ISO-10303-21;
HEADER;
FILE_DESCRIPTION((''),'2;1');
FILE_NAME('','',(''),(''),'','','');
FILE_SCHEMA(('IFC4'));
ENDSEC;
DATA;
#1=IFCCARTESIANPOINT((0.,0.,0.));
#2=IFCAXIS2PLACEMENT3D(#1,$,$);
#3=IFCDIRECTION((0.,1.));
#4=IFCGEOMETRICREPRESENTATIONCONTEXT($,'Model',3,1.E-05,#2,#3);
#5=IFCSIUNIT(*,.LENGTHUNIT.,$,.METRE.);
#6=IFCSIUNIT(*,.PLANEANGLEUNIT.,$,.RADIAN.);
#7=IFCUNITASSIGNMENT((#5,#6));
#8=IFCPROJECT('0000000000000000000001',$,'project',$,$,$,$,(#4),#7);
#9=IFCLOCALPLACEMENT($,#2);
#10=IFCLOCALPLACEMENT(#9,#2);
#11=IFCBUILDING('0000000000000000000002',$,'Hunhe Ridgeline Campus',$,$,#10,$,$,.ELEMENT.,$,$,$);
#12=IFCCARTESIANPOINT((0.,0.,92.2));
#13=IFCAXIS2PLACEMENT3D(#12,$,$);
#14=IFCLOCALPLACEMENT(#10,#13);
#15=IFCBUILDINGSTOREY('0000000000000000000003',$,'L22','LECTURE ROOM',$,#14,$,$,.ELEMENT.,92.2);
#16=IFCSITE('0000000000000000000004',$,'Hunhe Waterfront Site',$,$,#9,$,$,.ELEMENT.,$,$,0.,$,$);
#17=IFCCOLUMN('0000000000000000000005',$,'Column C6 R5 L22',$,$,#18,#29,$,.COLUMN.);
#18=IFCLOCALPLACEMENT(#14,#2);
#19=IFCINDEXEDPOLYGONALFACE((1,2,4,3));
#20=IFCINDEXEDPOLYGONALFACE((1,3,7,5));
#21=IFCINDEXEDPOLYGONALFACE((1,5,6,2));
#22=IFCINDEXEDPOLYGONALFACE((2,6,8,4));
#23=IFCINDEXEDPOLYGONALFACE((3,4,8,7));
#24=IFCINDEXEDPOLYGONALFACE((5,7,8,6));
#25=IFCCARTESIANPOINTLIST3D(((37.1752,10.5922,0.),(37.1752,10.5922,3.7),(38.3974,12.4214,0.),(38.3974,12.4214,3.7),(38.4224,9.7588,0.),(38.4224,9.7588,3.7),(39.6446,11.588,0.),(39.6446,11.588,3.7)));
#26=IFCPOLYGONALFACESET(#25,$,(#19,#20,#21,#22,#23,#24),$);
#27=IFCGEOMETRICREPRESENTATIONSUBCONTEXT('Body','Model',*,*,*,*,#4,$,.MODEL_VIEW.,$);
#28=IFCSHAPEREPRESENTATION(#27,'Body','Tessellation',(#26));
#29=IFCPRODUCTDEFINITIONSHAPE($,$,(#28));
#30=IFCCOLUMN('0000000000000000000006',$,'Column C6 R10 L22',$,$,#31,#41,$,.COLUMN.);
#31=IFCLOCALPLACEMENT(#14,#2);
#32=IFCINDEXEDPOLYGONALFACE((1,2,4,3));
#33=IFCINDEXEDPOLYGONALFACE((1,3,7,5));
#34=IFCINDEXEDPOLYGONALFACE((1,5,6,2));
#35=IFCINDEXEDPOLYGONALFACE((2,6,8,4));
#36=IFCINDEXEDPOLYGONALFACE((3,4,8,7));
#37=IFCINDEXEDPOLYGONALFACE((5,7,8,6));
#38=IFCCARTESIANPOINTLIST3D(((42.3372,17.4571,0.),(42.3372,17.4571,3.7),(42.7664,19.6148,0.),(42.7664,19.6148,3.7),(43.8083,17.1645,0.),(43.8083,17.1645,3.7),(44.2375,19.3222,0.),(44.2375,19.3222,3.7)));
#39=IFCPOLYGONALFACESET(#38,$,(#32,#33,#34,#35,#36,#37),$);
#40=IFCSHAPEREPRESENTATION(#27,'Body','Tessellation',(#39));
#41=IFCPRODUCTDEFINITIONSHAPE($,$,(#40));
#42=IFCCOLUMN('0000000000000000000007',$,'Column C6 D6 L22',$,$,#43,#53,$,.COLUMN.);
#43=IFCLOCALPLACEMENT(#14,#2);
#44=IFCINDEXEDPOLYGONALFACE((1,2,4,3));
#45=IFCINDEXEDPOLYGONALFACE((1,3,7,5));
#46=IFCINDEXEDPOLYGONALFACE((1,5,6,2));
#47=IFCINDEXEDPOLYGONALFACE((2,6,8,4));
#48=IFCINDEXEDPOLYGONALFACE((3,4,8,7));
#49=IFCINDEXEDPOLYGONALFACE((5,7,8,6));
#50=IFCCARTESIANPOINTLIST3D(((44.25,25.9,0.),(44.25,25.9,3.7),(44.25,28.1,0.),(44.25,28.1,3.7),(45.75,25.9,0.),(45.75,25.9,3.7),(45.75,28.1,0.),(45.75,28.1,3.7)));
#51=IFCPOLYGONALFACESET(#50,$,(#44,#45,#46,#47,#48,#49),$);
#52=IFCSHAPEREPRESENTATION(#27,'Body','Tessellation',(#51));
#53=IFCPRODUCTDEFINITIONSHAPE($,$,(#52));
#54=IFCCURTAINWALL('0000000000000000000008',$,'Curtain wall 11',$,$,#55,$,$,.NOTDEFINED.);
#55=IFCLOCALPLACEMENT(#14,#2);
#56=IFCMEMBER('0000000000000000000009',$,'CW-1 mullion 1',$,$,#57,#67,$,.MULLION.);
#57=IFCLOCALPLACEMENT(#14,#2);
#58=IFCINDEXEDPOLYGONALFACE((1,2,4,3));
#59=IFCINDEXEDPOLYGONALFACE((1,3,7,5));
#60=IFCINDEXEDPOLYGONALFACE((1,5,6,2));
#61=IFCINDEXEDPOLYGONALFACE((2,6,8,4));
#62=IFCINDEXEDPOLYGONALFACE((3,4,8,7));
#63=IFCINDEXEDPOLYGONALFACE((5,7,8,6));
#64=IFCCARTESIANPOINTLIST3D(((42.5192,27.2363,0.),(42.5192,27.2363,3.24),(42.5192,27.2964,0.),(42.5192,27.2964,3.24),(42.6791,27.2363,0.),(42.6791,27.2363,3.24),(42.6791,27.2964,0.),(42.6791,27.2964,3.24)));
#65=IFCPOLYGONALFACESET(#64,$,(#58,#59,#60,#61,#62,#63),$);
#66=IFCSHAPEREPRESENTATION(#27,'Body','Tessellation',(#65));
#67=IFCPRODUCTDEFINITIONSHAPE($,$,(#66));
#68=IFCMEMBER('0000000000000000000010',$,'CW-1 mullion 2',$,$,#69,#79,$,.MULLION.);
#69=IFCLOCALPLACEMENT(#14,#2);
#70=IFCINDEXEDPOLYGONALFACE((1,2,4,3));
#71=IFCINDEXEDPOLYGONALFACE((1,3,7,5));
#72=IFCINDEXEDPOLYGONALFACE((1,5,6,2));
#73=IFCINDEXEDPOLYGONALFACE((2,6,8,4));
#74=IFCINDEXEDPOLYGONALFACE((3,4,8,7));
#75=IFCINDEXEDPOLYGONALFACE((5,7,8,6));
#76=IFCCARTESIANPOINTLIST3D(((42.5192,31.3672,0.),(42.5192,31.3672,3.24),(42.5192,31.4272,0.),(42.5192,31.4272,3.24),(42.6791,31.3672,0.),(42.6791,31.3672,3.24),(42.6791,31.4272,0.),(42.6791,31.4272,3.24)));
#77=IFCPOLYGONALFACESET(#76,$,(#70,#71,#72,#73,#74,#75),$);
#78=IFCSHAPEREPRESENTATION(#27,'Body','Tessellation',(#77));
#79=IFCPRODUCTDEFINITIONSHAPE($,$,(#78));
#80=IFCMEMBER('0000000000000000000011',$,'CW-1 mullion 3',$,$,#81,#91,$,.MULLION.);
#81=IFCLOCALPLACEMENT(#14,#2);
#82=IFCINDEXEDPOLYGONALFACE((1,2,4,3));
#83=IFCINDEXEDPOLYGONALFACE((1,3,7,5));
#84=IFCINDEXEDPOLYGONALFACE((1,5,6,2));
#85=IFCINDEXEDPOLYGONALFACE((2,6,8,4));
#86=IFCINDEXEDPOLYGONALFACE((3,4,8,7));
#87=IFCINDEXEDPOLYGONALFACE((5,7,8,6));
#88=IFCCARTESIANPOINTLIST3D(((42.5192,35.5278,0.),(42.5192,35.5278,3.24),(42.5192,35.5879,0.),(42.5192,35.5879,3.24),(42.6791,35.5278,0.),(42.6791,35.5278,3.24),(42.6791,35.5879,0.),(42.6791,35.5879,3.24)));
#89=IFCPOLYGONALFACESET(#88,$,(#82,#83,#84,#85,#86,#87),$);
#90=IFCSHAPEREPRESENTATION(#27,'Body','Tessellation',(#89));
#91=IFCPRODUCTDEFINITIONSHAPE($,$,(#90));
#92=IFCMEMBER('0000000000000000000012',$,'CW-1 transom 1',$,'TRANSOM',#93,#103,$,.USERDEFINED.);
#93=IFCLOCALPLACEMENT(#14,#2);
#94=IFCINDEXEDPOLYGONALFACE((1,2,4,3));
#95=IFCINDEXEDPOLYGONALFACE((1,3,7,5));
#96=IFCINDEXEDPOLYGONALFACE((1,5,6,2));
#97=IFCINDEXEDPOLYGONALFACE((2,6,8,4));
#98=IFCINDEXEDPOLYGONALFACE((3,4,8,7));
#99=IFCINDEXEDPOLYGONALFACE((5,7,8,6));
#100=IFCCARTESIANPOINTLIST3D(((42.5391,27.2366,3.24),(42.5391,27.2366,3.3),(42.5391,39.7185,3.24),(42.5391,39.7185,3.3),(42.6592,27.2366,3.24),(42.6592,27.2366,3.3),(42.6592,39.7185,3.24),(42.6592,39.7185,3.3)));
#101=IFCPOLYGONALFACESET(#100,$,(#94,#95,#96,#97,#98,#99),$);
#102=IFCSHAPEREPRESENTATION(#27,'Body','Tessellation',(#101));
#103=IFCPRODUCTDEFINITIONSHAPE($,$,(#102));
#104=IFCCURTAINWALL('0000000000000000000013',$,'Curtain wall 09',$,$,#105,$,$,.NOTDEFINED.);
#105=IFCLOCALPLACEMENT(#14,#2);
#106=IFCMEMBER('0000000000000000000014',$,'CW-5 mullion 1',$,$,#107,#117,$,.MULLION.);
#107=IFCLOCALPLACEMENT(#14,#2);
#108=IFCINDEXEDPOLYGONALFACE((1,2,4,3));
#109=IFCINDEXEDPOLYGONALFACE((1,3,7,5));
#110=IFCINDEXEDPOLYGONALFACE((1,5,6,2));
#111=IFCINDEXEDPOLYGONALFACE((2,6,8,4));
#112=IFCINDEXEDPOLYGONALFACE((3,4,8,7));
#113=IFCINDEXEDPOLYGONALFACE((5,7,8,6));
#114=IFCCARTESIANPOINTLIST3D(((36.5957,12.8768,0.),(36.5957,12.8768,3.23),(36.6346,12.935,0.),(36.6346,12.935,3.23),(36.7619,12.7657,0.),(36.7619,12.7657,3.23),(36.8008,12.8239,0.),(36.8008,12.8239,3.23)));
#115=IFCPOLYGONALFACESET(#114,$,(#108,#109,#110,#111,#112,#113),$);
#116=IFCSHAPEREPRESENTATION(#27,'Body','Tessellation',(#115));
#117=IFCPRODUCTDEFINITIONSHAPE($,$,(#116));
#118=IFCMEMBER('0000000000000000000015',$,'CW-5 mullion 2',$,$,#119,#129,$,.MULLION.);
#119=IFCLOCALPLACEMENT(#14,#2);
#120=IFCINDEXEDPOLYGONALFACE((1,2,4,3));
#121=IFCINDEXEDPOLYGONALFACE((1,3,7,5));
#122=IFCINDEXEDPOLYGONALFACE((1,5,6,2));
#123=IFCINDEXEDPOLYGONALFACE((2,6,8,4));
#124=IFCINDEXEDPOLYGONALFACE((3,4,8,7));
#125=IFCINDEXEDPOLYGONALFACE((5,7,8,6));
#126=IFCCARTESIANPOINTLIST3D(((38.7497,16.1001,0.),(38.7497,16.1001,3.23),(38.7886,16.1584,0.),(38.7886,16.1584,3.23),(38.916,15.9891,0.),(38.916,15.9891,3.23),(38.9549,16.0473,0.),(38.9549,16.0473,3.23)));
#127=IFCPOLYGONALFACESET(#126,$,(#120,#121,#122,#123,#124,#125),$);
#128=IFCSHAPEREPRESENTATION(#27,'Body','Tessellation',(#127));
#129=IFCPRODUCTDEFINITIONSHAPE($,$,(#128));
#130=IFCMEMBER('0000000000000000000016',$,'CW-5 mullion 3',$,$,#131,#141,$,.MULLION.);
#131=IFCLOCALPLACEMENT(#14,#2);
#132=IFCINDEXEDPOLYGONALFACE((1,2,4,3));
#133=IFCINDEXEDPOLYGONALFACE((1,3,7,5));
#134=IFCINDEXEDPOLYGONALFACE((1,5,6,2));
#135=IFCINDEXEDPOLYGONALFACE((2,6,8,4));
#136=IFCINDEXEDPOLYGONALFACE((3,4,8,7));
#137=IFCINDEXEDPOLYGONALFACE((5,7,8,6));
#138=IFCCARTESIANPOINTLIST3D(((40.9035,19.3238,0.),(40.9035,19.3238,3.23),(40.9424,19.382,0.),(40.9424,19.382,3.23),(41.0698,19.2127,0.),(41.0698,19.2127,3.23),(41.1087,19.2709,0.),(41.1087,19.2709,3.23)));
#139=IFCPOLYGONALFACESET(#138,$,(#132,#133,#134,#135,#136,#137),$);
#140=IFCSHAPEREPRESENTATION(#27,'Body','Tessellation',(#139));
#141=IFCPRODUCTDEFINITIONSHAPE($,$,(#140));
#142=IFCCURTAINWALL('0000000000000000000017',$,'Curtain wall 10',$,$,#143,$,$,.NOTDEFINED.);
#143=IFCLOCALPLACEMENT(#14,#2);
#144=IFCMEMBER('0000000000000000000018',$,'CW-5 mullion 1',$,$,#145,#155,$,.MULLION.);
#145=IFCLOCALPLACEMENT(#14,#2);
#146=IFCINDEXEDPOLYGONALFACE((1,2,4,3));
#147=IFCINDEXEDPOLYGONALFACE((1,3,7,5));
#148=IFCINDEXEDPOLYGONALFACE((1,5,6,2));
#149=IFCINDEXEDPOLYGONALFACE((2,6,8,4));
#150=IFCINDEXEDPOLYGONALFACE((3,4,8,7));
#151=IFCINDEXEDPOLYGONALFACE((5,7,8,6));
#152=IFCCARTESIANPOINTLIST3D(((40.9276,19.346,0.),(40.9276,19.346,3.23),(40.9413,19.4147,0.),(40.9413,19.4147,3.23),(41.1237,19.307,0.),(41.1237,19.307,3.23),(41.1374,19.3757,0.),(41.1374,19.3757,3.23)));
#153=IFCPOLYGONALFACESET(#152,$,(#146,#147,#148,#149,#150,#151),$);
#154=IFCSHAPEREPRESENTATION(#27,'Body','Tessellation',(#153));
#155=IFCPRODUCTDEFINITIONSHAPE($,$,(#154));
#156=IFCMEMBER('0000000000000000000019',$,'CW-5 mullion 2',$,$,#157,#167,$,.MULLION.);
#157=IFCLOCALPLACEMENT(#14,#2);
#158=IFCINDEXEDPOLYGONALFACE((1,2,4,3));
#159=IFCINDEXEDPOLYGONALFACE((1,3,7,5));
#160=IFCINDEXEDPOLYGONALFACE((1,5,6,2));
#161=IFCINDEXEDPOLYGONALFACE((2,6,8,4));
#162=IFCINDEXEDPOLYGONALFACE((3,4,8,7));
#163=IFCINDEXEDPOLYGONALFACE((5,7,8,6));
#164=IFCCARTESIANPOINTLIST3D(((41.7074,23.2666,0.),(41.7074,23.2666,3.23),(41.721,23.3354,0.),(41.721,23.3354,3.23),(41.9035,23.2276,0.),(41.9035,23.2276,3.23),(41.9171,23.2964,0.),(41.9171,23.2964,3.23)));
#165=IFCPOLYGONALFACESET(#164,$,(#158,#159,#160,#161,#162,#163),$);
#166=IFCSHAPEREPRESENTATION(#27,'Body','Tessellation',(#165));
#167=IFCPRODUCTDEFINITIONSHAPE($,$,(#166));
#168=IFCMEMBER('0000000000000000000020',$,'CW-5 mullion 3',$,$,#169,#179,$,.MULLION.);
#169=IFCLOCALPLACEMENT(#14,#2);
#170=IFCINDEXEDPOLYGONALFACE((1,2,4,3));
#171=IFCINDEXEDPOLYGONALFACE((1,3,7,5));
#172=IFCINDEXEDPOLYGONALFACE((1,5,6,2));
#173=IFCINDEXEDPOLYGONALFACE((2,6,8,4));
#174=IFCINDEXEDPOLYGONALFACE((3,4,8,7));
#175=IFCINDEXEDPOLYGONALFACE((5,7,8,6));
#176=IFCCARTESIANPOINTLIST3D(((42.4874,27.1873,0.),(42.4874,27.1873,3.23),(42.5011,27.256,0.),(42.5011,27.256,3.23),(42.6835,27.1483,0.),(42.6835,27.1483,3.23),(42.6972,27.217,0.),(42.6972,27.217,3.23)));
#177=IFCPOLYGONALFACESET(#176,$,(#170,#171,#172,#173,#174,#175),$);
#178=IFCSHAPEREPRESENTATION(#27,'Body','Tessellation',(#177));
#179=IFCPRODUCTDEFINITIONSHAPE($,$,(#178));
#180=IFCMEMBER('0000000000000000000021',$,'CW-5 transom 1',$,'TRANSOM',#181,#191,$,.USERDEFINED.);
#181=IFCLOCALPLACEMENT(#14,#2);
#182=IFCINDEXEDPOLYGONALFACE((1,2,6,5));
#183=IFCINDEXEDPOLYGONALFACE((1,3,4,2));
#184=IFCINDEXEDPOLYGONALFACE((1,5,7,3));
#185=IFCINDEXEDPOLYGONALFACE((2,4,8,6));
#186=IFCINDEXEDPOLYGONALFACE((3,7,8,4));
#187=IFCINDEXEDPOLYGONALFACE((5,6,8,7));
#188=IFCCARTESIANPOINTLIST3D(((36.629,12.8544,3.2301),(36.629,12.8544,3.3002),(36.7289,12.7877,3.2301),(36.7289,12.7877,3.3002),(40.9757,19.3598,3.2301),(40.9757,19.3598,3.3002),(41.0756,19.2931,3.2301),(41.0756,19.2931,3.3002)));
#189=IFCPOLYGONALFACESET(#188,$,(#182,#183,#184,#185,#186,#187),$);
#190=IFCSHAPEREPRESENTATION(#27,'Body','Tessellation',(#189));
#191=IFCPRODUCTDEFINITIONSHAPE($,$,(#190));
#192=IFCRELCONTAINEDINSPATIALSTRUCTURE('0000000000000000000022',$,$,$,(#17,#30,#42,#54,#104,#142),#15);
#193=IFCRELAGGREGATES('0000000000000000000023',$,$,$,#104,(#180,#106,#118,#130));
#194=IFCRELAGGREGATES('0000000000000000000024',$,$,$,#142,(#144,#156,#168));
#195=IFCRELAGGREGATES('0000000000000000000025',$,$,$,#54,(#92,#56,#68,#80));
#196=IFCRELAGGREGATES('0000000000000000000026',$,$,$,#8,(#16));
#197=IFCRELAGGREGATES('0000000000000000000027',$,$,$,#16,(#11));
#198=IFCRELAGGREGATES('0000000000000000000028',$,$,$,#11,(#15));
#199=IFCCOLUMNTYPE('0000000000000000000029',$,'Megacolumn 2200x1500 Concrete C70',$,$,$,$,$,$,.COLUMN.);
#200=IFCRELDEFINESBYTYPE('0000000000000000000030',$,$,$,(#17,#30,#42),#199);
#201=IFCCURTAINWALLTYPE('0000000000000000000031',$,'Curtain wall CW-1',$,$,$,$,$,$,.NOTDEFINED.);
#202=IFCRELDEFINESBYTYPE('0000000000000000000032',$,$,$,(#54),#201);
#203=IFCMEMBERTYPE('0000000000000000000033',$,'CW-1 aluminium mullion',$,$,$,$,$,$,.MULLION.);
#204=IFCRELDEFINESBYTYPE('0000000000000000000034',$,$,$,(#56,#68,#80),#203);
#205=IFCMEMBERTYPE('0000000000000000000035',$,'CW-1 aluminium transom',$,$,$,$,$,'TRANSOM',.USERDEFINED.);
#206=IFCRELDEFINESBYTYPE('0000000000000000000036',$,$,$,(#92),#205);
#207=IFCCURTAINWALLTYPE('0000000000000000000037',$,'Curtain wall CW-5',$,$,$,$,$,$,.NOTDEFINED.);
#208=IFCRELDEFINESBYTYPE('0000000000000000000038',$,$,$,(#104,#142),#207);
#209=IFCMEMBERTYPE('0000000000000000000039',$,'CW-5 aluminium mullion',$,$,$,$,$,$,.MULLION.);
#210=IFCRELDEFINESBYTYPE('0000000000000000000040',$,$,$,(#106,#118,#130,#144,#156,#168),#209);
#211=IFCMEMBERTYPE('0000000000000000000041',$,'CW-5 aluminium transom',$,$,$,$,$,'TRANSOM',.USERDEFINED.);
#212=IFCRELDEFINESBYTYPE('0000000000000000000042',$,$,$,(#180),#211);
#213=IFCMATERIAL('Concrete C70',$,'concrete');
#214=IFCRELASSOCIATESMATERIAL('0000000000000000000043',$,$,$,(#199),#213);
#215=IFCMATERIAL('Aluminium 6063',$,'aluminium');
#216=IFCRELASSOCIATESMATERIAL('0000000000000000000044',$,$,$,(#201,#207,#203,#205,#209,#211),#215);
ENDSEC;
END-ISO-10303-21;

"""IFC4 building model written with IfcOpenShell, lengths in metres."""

from ifc_helpers import new_model, si_unit, direction, frame, origin, origin_2d, place, context, subcontext, project, spatial, rectangle, extrude, material, material_profile, profile_set, type_object, element, aggregate, save


model = new_model("IFC4")

# Units and contexts
model_context = context("Model", 3, precision=1e-05, world=origin(), true_north=direction((0.0, 1.0)))
body_context = subcontext(model_context, "Body", "Model", "MODEL_VIEW")
ifc_project = project(units=[si_unit("LENGTHUNIT", "METRE"), si_unit("PLANEANGLEUNIT", "RADIAN")], contexts=[model_context])

# Site, building, storey
site_placement = place(None, origin())
site = spatial("IfcSite", under=ifc_project, at=site_placement, Name="Hunhe Waterfront Site", CompositionType="ELEMENT", RefElevation=0.0)
building_placement = place(site_placement, origin())
building = spatial("IfcBuilding", under=site, at=building_placement, Name="Hunhe Ridgeline Campus", CompositionType="ELEMENT")
storey_placement = place(building_placement, frame((0.0, 0.0, 92.2)))
storey = spatial("IfcBuildingStorey", under=building, at=storey_placement, Name="L22", Description="LECTURE ROOM", CompositionType="ELEMENT", Elevation=92.2)

# Columns
ifc_material_1 = material(Name="Concrete C70", Category="concrete")
ifc_material_profile_1 = material_profile(ifc_material_1, rectangle(XDim=2.2, YDim=1.5, at=origin_2d()))
ifc_profile_set_1 = profile_set([ifc_material_profile_1], Name="Concrete C70")
column_type = type_object("IfcColumnType", Name="Megacolumn 2200x1500 Concrete C70", PredefinedType="COLUMN", material=ifc_profile_set_1)
for number, where, z_axis, x_axis, name in (
    (1, (38.4099, 11.0901, 0.0), (0.0, 0.0, 1.0), (0.55557, 0.83147, 0.0), "Column C6 R5 L22"),
    (2, (43.2874, 18.3896, 0.0), (0.0, 0.0, 1.0), (0.19509, 0.980785, 0.0), "Column C6 R10 L22"),
    (3, (45.0, 27.0, 0.0), (0.0, 0.0, 1.0), (0.0, 1.0, 0.0), "Column C6 D6 L22"),
):
    element("IfcColumn", number, at=place(storey_placement, frame(where, z_axis=z_axis, x_axis=x_axis)), inside=storey, type_object=column_type, Name=name, PredefinedType="COLUMN", context=body_context, shape_type="SweptSolid", body=[
        extrude(rectangle(XDim=2.2, YDim=1.5, at=origin_2d()), origin(), (0.0, 0.0, 1.0), 3.7),
    ])

# Curtain walls, members
ifc_material_2 = material(Name="Aluminium 6063", Category="aluminium")
curtain_wall_type_1 = type_object("IfcCurtainWallType", Name="Curtain wall CW-1", PredefinedType="NOTDEFINED", material=ifc_material_2)
curtain_wall_1_placement = place(storey_placement, origin())
curtain_wall_1 = element("IfcCurtainWall", 4, at=curtain_wall_1_placement, inside=storey, type_object=curtain_wall_type_1, Name="Curtain wall 11", PredefinedType="NOTDEFINED")
ifc_material_profile_2 = material_profile(ifc_material_2, rectangle(XDim=0.1599, YDim=0.0601, at=origin_2d()))
ifc_profile_set_2 = profile_set([ifc_material_profile_2], Name="Aluminium 6063")
member_type_1 = type_object("IfcMemberType", Name="CW-1 aluminium mullion", PredefinedType="MULLION", material=ifc_profile_set_2)
member_1_placement = place(storey_placement, frame((42.5991, 27.2664, 0.0), z_axis=(0.0, 0.0, 1.0), x_axis=(-1.0, 0.000011, 0.0)))
member_1 = element("IfcMember", 5, at=member_1_placement, type_object=member_type_1, Name="CW-1 mullion 1", PredefinedType="MULLION", context=body_context, shape_type="SweptSolid", body=[
    extrude(rectangle(XDim=0.1599, YDim=0.0601, at=origin_2d()), origin(), (0.0, 0.0, 1.0), 3.24),
])
member_2_placement = place(storey_placement, frame((42.5991, 31.3972, 0.0), z_axis=(0.0, 0.0, 1.0), x_axis=(-1.0, 0.000011, 0.0)))
member_2 = element("IfcMember", 6, at=member_2_placement, type_object=member_type_1, Name="CW-1 mullion 2", PredefinedType="MULLION", context=body_context, shape_type="SweptSolid", body=[
    extrude(rectangle(XDim=0.1599, YDim=0.0601, at=origin_2d()), origin(), (0.0, 0.0, 1.0), 3.24),
])
member_3_placement = place(storey_placement, frame((42.5991, 35.5579, 0.0), z_axis=(0.0, 0.0, 1.0), x_axis=(-1.0, 0.000011, 0.0)))
member_3 = element("IfcMember", 7, at=member_3_placement, type_object=member_type_1, Name="CW-1 mullion 3", PredefinedType="MULLION", context=body_context, shape_type="SweptSolid", body=[
    extrude(rectangle(XDim=0.1599, YDim=0.0601, at=origin_2d()), origin(), (0.0, 0.0, 1.0), 3.24),
])
ifc_material_profile_3 = material_profile(ifc_material_2, rectangle(XDim=0.1201, YDim=0.0601, at=origin_2d()))
ifc_profile_set_3 = profile_set([ifc_material_profile_3], Name="Aluminium 6063")
member_type_2 = type_object("IfcMemberType", Name="CW-1 aluminium transom", ElementType="TRANSOM", PredefinedType="USERDEFINED", material=ifc_profile_set_3)
member_4_placement = place(storey_placement, frame((42.5991, 27.2366, 3.27), z_axis=(0.0, 1.0, 0.0), x_axis=(-1.0, 0.0, 0.0)))
member_4 = element("IfcMember", 8, at=member_4_placement, type_object=member_type_2, Name="CW-1 transom 1", ObjectType="TRANSOM", PredefinedType="USERDEFINED", context=body_context, shape_type="SweptSolid", body=[
    extrude(rectangle(XDim=0.1201, YDim=0.0601, at=origin_2d()), origin(), (0.0, 0.0, 1.0), 12.4819),
])
curtain_wall_type_2 = type_object("IfcCurtainWallType", Name="Curtain wall CW-5", PredefinedType="NOTDEFINED", material=ifc_material_2)
curtain_wall_2_placement = place(storey_placement, origin())
curtain_wall_2 = element("IfcCurtainWall", 9, at=curtain_wall_2_placement, inside=storey, type_object=curtain_wall_type_2, Name="Curtain wall 09", PredefinedType="NOTDEFINED")
ifc_material_profile_4 = material_profile(ifc_material_2, rectangle(XDim=0.2, YDim=0.0701, at=origin_2d()))
ifc_profile_set_4 = profile_set([ifc_material_profile_4], Name="Aluminium 6063")
member_type_3 = type_object("IfcMemberType", Name="CW-5 aluminium mullion", PredefinedType="MULLION", material=ifc_profile_set_4)
member_5_placement = place(storey_placement, frame((36.6982, 12.8503, 0.0), z_axis=(0.0, 0.0, 1.0), x_axis=(-0.83147, 0.55557, 0.0)))
member_5 = element("IfcMember", 10, at=member_5_placement, type_object=member_type_3, Name="CW-5 mullion 1", PredefinedType="MULLION", context=body_context, shape_type="SweptSolid", body=[
    extrude(rectangle(XDim=0.2, YDim=0.0701, at=origin_2d()), origin(), (0.0, 0.0, 1.0), 3.23),
])
member_6_placement = place(storey_placement, frame((38.8523, 16.0737, 0.0), z_axis=(0.0, 0.0, 1.0), x_axis=(-0.83147, 0.55557, 0.0)))
member_6 = element("IfcMember", 11, at=member_6_placement, type_object=member_type_3, Name="CW-5 mullion 2", PredefinedType="MULLION", context=body_context, shape_type="SweptSolid", body=[
    extrude(rectangle(XDim=0.2, YDim=0.0701, at=origin_2d()), origin(), (0.0, 0.0, 1.0), 3.23),
])
member_7_placement = place(storey_placement, frame((41.0061, 19.2974, 0.0), z_axis=(0.0, 0.0, 1.0), x_axis=(-0.83147, 0.55557, 0.0)))
member_7 = element("IfcMember", 12, at=member_7_placement, type_object=member_type_3, Name="CW-5 mullion 3", PredefinedType="MULLION", context=body_context, shape_type="SweptSolid", body=[
    extrude(rectangle(XDim=0.2, YDim=0.0701, at=origin_2d()), origin(), (0.0, 0.0, 1.0), 3.23),
])
curtain_wall_3_placement = place(storey_placement, origin())
curtain_wall_3 = element("IfcCurtainWall", 13, at=curtain_wall_3_placement, inside=storey, type_object=curtain_wall_type_2, Name="Curtain wall 10", PredefinedType="NOTDEFINED")
member_8_placement = place(storey_placement, frame((41.0325, 19.3608, 0.0), z_axis=(0.0, 0.0, 1.0), x_axis=(-0.980785, 0.19509, 0.0)))
member_8 = element("IfcMember", 14, at=member_8_placement, type_object=member_type_3, Name="CW-5 mullion 1", PredefinedType="MULLION", context=body_context, shape_type="SweptSolid", body=[
    extrude(rectangle(XDim=0.2, YDim=0.0701, at=origin_2d()), origin(), (0.0, 0.0, 1.0), 3.23),
])
member_9_placement = place(storey_placement, frame((41.8123, 23.2815, 0.0), z_axis=(0.0, 0.0, 1.0), x_axis=(-0.980785, 0.19509, 0.0)))
member_9 = element("IfcMember", 15, at=member_9_placement, type_object=member_type_3, Name="CW-5 mullion 2", PredefinedType="MULLION", context=body_context, shape_type="SweptSolid", body=[
    extrude(rectangle(XDim=0.2, YDim=0.0701, at=origin_2d()), origin(), (0.0, 0.0, 1.0), 3.23),
])
member_10_placement = place(storey_placement, frame((42.5923, 27.2021, 0.0), z_axis=(0.0, 0.0, 1.0), x_axis=(-0.980785, 0.19509, 0.0)))
member_10 = element("IfcMember", 16, at=member_10_placement, type_object=member_type_3, Name="CW-5 mullion 3", PredefinedType="MULLION", context=body_context, shape_type="SweptSolid", body=[
    extrude(rectangle(XDim=0.2, YDim=0.0701, at=origin_2d()), origin(), (0.0, 0.0, 1.0), 3.23),
])

# Member
ifc_material_profile_5 = material_profile(ifc_material_2, rectangle(XDim=0.1201, YDim=0.0701, at=origin_2d()))
ifc_profile_set_5 = profile_set([ifc_material_profile_5], Name="Aluminium 6063")
member_type_4 = type_object("IfcMemberType", Name="CW-5 aluminium transom", ElementType="TRANSOM", PredefinedType="USERDEFINED", material=ifc_profile_set_5)
member_11_placement = place(storey_placement, frame((36.679, 12.821, 3.2651), z_axis=(0.555564, 0.831474, 0.0), x_axis=(-0.831474, 0.555564, 0.0)))
member_11 = element("IfcMember", 17, at=member_11_placement, type_object=member_type_4, Name="CW-5 transom 1", ObjectType="TRANSOM", PredefinedType="USERDEFINED", context=body_context, shape_type="SweptSolid", body=[
    extrude(rectangle(XDim=0.1201, YDim=0.0701, at=origin_2d()), origin(), (0.0, 0.0, 1.0), 7.824),
])

aggregate(curtain_wall_2, [member_11, member_5, member_6, member_7])
aggregate(curtain_wall_3, [member_8, member_9, member_10])
aggregate(curtain_wall_1, [member_4, member_1, member_2, member_3])

save(model, "model.ifc")
